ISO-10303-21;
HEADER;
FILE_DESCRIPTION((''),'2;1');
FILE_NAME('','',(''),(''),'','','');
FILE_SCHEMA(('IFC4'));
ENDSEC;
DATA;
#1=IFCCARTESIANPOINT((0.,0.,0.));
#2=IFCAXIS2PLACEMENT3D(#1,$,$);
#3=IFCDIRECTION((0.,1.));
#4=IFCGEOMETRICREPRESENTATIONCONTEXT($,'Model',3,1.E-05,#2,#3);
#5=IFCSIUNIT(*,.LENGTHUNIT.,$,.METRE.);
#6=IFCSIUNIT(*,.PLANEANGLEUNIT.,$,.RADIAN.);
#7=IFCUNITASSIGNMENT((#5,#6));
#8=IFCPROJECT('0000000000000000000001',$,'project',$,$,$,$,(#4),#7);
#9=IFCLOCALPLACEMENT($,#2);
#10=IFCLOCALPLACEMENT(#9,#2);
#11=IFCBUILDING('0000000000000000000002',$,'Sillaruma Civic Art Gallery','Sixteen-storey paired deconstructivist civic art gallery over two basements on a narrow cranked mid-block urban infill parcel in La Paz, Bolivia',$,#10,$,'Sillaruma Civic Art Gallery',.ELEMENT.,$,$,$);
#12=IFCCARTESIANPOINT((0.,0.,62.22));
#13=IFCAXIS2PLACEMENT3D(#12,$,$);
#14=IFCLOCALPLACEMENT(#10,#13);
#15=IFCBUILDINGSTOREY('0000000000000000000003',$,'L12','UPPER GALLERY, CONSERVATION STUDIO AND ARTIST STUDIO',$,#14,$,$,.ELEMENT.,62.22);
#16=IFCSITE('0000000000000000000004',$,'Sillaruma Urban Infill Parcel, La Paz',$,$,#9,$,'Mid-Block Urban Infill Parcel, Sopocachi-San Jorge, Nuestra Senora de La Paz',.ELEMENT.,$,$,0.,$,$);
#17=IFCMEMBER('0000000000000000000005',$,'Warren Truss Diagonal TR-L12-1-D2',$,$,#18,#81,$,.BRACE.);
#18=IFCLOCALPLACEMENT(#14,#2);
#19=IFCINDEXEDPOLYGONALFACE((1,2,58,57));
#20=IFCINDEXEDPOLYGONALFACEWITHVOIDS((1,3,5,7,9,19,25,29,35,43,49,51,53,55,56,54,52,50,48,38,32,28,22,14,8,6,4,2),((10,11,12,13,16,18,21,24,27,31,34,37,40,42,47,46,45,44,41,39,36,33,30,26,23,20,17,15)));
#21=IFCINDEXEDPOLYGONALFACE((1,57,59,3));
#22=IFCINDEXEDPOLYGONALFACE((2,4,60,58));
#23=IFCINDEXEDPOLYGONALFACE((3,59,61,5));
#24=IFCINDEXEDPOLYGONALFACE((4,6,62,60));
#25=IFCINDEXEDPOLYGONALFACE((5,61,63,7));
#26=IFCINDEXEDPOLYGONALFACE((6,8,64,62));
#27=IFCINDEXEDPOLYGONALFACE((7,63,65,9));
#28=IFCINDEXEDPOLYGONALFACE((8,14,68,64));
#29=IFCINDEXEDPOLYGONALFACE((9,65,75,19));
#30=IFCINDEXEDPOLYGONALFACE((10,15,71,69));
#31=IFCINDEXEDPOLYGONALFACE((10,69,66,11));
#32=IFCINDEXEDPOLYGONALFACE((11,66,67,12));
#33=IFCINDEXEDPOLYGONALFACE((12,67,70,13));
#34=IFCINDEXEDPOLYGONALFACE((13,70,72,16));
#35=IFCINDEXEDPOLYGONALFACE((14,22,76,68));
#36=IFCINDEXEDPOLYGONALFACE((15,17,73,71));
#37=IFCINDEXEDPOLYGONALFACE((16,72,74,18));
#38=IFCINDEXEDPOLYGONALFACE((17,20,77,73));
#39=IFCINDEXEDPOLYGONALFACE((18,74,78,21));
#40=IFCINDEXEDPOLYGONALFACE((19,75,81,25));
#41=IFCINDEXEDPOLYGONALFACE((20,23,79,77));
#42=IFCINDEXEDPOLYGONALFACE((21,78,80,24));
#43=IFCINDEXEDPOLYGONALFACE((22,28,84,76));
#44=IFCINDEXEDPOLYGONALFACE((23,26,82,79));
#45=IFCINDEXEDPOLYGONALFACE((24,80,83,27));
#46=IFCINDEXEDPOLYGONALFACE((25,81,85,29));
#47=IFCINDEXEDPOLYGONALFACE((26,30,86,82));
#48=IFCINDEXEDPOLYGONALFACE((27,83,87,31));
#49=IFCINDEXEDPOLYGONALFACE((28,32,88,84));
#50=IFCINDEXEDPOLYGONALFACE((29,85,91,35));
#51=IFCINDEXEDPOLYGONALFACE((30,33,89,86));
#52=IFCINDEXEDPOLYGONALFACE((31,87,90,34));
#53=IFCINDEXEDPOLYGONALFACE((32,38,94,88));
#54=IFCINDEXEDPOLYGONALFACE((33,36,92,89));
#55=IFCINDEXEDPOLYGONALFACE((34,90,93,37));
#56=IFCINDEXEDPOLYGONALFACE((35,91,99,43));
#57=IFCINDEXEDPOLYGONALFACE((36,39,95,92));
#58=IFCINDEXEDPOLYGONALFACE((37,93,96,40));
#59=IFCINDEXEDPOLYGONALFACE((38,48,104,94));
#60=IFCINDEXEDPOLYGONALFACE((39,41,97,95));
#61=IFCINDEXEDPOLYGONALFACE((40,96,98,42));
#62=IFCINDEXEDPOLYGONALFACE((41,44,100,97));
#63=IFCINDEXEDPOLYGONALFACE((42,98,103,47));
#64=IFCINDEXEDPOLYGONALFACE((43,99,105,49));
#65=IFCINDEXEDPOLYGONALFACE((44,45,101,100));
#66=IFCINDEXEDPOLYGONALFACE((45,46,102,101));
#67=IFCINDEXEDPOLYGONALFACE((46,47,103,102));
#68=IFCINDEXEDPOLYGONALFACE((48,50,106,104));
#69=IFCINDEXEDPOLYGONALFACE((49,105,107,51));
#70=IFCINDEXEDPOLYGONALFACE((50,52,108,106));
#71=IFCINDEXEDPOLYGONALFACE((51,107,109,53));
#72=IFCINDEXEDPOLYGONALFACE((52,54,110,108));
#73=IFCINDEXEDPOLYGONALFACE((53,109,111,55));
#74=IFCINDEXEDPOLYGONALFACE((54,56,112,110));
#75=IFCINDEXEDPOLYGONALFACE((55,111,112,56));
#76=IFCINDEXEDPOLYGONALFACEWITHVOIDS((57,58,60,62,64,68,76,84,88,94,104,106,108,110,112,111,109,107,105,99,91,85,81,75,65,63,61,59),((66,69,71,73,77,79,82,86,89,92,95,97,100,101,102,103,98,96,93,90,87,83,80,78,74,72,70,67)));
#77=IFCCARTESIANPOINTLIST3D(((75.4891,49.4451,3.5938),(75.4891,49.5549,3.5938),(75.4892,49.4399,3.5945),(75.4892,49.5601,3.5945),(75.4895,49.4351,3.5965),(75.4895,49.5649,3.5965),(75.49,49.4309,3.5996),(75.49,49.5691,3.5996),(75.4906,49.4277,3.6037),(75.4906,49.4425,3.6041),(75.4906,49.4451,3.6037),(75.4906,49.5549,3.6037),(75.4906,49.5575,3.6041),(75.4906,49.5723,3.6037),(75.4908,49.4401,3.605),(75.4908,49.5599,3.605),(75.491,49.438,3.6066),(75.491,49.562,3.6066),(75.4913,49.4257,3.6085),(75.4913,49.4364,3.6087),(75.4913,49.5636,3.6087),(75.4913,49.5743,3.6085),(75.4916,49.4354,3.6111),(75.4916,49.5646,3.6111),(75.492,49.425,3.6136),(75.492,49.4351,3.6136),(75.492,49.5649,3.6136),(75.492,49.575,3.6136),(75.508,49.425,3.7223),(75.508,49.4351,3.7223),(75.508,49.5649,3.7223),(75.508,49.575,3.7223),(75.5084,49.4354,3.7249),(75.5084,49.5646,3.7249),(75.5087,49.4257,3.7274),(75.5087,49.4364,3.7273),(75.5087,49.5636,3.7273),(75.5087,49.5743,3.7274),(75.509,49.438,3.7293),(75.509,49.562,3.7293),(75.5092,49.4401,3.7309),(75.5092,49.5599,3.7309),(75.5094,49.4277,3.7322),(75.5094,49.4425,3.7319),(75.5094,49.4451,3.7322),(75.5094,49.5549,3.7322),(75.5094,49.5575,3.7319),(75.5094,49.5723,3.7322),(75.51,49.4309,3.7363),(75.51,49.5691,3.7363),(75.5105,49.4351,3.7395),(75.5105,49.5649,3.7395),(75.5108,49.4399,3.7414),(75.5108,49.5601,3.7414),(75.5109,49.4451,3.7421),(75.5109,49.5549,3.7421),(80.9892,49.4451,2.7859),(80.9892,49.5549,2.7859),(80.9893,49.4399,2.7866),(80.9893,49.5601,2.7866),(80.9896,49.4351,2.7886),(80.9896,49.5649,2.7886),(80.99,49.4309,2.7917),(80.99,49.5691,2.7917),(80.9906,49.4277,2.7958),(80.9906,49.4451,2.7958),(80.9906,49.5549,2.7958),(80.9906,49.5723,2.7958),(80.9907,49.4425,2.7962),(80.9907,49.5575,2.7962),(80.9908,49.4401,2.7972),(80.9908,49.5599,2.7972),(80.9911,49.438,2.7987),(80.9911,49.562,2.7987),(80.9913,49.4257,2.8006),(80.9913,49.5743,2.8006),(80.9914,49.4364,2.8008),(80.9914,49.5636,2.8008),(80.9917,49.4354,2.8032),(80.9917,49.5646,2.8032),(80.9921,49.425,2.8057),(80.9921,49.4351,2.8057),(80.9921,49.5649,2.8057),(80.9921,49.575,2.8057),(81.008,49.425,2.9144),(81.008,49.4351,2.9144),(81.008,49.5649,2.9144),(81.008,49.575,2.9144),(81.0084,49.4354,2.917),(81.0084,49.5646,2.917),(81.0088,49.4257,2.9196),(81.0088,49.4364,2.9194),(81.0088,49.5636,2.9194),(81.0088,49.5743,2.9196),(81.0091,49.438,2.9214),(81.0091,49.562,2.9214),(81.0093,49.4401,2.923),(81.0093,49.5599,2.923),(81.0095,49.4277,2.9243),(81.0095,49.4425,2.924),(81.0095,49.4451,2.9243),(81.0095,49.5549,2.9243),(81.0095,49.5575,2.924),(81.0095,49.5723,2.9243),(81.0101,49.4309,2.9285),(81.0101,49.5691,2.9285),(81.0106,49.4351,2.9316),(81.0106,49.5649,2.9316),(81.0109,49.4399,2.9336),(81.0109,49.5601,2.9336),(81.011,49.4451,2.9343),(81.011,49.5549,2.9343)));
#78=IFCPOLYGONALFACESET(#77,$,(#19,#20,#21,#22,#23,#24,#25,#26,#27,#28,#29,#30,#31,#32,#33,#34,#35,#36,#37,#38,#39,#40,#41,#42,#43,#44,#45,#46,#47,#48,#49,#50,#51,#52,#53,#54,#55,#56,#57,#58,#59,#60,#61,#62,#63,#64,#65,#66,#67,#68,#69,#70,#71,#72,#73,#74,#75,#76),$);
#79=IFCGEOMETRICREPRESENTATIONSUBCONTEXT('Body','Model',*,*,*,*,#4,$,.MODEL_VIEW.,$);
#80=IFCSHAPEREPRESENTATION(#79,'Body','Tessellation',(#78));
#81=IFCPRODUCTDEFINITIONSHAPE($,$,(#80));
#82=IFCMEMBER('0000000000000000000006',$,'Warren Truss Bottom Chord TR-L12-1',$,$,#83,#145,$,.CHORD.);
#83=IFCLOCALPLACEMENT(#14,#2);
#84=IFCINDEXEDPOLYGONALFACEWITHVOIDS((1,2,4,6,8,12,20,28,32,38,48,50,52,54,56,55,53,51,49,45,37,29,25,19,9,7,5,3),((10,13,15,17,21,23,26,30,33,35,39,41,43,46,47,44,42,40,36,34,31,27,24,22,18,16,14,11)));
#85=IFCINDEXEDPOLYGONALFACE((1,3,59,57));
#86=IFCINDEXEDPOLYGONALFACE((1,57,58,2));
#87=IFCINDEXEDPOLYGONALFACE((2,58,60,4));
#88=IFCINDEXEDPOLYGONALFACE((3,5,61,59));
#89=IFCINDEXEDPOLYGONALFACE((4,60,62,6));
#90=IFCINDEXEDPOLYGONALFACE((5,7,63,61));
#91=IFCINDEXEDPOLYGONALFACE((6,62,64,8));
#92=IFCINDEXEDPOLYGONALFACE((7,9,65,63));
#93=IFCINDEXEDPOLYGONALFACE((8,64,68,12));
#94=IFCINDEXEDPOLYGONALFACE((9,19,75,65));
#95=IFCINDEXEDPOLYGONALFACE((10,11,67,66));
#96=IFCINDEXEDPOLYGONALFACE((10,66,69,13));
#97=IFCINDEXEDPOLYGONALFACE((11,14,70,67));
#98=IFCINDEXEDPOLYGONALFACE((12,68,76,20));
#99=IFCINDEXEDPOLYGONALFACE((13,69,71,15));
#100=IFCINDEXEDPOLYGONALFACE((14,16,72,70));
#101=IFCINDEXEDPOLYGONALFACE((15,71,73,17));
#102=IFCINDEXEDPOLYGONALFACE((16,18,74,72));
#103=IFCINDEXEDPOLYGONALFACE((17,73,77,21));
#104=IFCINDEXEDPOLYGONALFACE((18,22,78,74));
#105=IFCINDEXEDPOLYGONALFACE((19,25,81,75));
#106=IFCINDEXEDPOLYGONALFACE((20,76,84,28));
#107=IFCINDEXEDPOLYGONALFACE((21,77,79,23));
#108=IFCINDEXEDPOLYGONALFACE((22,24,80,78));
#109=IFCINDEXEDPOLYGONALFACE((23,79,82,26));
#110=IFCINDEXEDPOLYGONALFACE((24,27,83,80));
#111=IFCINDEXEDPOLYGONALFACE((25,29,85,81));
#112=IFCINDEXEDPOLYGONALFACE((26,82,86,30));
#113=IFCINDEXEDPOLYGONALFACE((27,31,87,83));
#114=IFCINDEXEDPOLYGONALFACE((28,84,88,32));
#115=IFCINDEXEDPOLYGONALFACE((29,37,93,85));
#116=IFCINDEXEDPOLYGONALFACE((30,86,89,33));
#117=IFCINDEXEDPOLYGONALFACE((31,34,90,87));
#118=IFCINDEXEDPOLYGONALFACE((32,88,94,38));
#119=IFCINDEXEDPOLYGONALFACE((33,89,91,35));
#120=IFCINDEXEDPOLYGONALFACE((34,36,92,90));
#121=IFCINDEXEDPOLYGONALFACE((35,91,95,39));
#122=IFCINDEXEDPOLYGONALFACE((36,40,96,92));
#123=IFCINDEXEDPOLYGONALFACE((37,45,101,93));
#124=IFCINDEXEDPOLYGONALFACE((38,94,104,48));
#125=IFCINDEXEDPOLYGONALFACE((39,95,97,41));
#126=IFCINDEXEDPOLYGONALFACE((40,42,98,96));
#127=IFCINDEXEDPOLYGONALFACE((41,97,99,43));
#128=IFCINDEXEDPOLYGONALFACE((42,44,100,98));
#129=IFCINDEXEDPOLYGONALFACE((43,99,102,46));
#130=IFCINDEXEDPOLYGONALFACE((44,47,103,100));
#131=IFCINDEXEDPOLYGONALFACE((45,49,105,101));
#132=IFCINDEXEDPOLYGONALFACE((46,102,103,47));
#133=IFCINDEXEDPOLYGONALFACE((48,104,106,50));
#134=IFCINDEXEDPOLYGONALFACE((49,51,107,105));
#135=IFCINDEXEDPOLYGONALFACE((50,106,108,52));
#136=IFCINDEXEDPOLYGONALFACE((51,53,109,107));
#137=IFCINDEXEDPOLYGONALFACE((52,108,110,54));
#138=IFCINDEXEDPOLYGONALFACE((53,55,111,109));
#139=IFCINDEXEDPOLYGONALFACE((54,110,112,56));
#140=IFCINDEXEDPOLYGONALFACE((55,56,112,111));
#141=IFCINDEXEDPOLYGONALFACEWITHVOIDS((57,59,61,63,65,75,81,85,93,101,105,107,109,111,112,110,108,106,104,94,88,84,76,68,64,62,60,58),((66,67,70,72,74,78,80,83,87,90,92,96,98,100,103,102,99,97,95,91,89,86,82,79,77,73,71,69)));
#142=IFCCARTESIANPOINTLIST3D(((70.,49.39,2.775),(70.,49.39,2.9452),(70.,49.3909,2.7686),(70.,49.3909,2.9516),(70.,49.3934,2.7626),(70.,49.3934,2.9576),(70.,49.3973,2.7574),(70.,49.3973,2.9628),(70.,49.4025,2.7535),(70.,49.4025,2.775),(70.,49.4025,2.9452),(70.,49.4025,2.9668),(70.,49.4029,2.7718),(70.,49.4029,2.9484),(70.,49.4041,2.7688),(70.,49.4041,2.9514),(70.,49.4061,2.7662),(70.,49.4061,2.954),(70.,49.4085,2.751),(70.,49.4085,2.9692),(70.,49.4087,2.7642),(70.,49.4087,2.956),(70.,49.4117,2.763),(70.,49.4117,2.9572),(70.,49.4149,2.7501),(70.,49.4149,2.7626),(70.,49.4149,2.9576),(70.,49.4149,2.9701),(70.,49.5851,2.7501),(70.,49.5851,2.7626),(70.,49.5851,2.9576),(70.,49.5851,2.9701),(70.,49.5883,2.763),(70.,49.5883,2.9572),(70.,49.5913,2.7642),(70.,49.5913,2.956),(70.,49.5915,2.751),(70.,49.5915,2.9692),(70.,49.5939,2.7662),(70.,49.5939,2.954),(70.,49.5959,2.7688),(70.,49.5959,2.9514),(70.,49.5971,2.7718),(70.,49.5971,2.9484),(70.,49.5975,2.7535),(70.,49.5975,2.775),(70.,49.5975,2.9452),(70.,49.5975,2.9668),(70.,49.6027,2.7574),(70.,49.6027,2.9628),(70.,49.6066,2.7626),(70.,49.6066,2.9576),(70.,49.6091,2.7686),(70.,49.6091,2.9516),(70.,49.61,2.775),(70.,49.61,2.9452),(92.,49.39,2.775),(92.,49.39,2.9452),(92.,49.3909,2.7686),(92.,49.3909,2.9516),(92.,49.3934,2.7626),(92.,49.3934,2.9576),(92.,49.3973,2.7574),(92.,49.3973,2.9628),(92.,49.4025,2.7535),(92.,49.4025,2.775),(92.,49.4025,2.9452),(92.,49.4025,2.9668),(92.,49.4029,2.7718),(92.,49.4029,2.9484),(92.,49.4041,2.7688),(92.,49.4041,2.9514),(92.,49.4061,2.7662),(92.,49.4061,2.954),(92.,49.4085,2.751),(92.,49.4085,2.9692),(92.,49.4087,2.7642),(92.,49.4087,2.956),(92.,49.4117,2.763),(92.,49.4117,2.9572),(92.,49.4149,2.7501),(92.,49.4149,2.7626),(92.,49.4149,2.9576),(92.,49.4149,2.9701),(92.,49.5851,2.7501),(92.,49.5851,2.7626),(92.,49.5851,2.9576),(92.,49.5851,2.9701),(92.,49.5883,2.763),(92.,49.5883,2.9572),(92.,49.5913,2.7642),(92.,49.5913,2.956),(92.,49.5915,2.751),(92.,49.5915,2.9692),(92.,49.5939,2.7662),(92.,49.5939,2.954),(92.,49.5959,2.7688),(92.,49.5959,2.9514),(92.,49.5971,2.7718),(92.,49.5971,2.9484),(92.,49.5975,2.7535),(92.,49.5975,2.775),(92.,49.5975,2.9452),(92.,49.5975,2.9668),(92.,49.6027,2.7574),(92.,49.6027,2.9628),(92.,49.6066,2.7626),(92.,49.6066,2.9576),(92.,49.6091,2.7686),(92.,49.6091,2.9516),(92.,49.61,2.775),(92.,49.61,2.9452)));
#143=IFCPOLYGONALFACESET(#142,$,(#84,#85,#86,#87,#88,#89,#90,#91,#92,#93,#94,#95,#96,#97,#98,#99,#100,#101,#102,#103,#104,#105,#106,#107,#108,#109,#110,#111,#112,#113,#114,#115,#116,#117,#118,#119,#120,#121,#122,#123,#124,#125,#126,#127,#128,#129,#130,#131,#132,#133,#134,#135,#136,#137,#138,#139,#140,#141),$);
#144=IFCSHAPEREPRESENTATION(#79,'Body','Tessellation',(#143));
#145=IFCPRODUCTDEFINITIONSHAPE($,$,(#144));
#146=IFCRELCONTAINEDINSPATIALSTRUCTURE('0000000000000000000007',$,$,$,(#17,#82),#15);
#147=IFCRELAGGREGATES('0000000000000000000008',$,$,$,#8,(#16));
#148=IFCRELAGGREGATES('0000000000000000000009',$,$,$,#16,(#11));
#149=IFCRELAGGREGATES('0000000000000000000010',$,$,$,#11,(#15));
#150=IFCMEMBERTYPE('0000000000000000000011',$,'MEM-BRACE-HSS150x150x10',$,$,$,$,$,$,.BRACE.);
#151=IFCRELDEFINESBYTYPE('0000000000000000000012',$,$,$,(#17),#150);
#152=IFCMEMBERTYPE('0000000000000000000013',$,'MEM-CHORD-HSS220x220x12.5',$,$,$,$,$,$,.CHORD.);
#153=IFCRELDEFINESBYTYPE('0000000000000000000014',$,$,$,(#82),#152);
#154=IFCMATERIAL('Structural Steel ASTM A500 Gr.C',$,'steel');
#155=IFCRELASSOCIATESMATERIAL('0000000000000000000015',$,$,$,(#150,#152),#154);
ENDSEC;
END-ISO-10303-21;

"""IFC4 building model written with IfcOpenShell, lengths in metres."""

from ifc_helpers import new_model, si_unit, direction, frame, origin, origin_2d, place, context, subcontext, project, spatial, hollow_rectangle, extrude, material, material_profile, profile_set, type_object, element, save


model = new_model("IFC4")

# Units and contexts
model_context = context("Model", 3, precision=1e-05, world=origin(), true_north=direction((0.0, 1.0)))
body_context = subcontext(model_context, "Body", "Model", "MODEL_VIEW")
ifc_project = project(units=[si_unit("LENGTHUNIT", "METRE"), si_unit("PLANEANGLEUNIT", "RADIAN")], contexts=[model_context])

# Site, building, storey
site_placement = place(None, origin())
site = spatial("IfcSite", under=ifc_project, at=site_placement, Name="Sillaruma Urban Infill Parcel, La Paz", LongName="Mid-Block Urban Infill Parcel, Sopocachi-San Jorge, Nuestra Senora de La Paz", CompositionType="ELEMENT", RefElevation=0.0)
building_placement = place(site_placement, origin())
building = spatial("IfcBuilding", under=site, at=building_placement, Name="Sillaruma Civic Art Gallery", Description="Sixteen-storey paired deconstructivist civic art gallery over two basements on a narrow cranked mid-block urban infill parcel in La Paz, Bolivia", LongName="Sillaruma Civic Art Gallery", CompositionType="ELEMENT")
storey_placement = place(building_placement, frame((0.0, 0.0, 62.22)))
storey = spatial("IfcBuildingStorey", under=building, at=storey_placement, Name="L12", Description="UPPER GALLERY, CONSERVATION STUDIO AND ARTIST STUDIO", CompositionType="ELEMENT", Elevation=62.22)

# Shared definitions
ifc_material_1 = material(Name="Structural Steel ASTM A500 Gr.C", Category="steel")

# Members
ifc_material_profile_1 = material_profile(ifc_material_1, hollow_rectangle(XDim=0.1499, YDim=0.1499, WallThickness=0.01, InnerFilletRadius=0.01, OuterFilletRadius=0.02, at=origin_2d()), Name="HSS150x150x10")
ifc_profile_set_1 = profile_set([ifc_material_profile_1], Name="Structural Steel ASTM A500 Gr.C")
member_type_1 = type_object("IfcMemberType", Name="MEM-BRACE-HSS150x150x10", PredefinedType="BRACE", material=ifc_profile_set_1)
for number, where, z_axis, x_axis, name in (
    (1, (75.5, 49.5, 3.668), (0.989384, 0.0, -0.145325), (0.0, 1.0, 0.0), "Warren Truss Diagonal TR-L12-1-D2"),
):
    element("IfcMember", number, at=place(storey_placement, frame(where, z_axis=z_axis, x_axis=x_axis)), inside=storey, type_object=member_type_1, Name=name, PredefinedType="BRACE", context=body_context, shape_type="SweptSolid", body=[
        extrude(hollow_rectangle(XDim=0.1499, YDim=0.1499, WallThickness=0.01, InnerFilletRadius=0.01, OuterFilletRadius=0.02, at=origin_2d()), origin(), (0.0, 0.0, 1.0), 5.5591),
    ])
ifc_material_profile_2 = material_profile(ifc_material_1, hollow_rectangle(XDim=0.22, YDim=0.22, WallThickness=0.0125, InnerFilletRadius=0.0125, OuterFilletRadius=0.0249, at=origin_2d()), Name="HSS220x220x12.5")
ifc_profile_set_2 = profile_set([ifc_material_profile_2], Name="Structural Steel ASTM A500 Gr.C")
member_type_2 = type_object("IfcMemberType", Name="MEM-CHORD-HSS220x220x12.5", PredefinedType="CHORD", material=ifc_profile_set_2)
member_1_placement = place(storey_placement, frame((70.0, 49.5, 2.8601), z_axis=(1.0, 0.0, 0.0), x_axis=(0.0, 1.0, 0.0)))
element("IfcMember", 2, at=member_1_placement, inside=storey, type_object=member_type_2, Name="Warren Truss Bottom Chord TR-L12-1", PredefinedType="CHORD", context=body_context, shape_type="SweptSolid", body=[
    extrude(hollow_rectangle(XDim=0.22, YDim=0.22, WallThickness=0.0125, InnerFilletRadius=0.0125, OuterFilletRadius=0.0249, at=origin_2d()), origin(), (0.0, 0.0, 1.0), 22.0),
])

save(model, "model.ifc")
